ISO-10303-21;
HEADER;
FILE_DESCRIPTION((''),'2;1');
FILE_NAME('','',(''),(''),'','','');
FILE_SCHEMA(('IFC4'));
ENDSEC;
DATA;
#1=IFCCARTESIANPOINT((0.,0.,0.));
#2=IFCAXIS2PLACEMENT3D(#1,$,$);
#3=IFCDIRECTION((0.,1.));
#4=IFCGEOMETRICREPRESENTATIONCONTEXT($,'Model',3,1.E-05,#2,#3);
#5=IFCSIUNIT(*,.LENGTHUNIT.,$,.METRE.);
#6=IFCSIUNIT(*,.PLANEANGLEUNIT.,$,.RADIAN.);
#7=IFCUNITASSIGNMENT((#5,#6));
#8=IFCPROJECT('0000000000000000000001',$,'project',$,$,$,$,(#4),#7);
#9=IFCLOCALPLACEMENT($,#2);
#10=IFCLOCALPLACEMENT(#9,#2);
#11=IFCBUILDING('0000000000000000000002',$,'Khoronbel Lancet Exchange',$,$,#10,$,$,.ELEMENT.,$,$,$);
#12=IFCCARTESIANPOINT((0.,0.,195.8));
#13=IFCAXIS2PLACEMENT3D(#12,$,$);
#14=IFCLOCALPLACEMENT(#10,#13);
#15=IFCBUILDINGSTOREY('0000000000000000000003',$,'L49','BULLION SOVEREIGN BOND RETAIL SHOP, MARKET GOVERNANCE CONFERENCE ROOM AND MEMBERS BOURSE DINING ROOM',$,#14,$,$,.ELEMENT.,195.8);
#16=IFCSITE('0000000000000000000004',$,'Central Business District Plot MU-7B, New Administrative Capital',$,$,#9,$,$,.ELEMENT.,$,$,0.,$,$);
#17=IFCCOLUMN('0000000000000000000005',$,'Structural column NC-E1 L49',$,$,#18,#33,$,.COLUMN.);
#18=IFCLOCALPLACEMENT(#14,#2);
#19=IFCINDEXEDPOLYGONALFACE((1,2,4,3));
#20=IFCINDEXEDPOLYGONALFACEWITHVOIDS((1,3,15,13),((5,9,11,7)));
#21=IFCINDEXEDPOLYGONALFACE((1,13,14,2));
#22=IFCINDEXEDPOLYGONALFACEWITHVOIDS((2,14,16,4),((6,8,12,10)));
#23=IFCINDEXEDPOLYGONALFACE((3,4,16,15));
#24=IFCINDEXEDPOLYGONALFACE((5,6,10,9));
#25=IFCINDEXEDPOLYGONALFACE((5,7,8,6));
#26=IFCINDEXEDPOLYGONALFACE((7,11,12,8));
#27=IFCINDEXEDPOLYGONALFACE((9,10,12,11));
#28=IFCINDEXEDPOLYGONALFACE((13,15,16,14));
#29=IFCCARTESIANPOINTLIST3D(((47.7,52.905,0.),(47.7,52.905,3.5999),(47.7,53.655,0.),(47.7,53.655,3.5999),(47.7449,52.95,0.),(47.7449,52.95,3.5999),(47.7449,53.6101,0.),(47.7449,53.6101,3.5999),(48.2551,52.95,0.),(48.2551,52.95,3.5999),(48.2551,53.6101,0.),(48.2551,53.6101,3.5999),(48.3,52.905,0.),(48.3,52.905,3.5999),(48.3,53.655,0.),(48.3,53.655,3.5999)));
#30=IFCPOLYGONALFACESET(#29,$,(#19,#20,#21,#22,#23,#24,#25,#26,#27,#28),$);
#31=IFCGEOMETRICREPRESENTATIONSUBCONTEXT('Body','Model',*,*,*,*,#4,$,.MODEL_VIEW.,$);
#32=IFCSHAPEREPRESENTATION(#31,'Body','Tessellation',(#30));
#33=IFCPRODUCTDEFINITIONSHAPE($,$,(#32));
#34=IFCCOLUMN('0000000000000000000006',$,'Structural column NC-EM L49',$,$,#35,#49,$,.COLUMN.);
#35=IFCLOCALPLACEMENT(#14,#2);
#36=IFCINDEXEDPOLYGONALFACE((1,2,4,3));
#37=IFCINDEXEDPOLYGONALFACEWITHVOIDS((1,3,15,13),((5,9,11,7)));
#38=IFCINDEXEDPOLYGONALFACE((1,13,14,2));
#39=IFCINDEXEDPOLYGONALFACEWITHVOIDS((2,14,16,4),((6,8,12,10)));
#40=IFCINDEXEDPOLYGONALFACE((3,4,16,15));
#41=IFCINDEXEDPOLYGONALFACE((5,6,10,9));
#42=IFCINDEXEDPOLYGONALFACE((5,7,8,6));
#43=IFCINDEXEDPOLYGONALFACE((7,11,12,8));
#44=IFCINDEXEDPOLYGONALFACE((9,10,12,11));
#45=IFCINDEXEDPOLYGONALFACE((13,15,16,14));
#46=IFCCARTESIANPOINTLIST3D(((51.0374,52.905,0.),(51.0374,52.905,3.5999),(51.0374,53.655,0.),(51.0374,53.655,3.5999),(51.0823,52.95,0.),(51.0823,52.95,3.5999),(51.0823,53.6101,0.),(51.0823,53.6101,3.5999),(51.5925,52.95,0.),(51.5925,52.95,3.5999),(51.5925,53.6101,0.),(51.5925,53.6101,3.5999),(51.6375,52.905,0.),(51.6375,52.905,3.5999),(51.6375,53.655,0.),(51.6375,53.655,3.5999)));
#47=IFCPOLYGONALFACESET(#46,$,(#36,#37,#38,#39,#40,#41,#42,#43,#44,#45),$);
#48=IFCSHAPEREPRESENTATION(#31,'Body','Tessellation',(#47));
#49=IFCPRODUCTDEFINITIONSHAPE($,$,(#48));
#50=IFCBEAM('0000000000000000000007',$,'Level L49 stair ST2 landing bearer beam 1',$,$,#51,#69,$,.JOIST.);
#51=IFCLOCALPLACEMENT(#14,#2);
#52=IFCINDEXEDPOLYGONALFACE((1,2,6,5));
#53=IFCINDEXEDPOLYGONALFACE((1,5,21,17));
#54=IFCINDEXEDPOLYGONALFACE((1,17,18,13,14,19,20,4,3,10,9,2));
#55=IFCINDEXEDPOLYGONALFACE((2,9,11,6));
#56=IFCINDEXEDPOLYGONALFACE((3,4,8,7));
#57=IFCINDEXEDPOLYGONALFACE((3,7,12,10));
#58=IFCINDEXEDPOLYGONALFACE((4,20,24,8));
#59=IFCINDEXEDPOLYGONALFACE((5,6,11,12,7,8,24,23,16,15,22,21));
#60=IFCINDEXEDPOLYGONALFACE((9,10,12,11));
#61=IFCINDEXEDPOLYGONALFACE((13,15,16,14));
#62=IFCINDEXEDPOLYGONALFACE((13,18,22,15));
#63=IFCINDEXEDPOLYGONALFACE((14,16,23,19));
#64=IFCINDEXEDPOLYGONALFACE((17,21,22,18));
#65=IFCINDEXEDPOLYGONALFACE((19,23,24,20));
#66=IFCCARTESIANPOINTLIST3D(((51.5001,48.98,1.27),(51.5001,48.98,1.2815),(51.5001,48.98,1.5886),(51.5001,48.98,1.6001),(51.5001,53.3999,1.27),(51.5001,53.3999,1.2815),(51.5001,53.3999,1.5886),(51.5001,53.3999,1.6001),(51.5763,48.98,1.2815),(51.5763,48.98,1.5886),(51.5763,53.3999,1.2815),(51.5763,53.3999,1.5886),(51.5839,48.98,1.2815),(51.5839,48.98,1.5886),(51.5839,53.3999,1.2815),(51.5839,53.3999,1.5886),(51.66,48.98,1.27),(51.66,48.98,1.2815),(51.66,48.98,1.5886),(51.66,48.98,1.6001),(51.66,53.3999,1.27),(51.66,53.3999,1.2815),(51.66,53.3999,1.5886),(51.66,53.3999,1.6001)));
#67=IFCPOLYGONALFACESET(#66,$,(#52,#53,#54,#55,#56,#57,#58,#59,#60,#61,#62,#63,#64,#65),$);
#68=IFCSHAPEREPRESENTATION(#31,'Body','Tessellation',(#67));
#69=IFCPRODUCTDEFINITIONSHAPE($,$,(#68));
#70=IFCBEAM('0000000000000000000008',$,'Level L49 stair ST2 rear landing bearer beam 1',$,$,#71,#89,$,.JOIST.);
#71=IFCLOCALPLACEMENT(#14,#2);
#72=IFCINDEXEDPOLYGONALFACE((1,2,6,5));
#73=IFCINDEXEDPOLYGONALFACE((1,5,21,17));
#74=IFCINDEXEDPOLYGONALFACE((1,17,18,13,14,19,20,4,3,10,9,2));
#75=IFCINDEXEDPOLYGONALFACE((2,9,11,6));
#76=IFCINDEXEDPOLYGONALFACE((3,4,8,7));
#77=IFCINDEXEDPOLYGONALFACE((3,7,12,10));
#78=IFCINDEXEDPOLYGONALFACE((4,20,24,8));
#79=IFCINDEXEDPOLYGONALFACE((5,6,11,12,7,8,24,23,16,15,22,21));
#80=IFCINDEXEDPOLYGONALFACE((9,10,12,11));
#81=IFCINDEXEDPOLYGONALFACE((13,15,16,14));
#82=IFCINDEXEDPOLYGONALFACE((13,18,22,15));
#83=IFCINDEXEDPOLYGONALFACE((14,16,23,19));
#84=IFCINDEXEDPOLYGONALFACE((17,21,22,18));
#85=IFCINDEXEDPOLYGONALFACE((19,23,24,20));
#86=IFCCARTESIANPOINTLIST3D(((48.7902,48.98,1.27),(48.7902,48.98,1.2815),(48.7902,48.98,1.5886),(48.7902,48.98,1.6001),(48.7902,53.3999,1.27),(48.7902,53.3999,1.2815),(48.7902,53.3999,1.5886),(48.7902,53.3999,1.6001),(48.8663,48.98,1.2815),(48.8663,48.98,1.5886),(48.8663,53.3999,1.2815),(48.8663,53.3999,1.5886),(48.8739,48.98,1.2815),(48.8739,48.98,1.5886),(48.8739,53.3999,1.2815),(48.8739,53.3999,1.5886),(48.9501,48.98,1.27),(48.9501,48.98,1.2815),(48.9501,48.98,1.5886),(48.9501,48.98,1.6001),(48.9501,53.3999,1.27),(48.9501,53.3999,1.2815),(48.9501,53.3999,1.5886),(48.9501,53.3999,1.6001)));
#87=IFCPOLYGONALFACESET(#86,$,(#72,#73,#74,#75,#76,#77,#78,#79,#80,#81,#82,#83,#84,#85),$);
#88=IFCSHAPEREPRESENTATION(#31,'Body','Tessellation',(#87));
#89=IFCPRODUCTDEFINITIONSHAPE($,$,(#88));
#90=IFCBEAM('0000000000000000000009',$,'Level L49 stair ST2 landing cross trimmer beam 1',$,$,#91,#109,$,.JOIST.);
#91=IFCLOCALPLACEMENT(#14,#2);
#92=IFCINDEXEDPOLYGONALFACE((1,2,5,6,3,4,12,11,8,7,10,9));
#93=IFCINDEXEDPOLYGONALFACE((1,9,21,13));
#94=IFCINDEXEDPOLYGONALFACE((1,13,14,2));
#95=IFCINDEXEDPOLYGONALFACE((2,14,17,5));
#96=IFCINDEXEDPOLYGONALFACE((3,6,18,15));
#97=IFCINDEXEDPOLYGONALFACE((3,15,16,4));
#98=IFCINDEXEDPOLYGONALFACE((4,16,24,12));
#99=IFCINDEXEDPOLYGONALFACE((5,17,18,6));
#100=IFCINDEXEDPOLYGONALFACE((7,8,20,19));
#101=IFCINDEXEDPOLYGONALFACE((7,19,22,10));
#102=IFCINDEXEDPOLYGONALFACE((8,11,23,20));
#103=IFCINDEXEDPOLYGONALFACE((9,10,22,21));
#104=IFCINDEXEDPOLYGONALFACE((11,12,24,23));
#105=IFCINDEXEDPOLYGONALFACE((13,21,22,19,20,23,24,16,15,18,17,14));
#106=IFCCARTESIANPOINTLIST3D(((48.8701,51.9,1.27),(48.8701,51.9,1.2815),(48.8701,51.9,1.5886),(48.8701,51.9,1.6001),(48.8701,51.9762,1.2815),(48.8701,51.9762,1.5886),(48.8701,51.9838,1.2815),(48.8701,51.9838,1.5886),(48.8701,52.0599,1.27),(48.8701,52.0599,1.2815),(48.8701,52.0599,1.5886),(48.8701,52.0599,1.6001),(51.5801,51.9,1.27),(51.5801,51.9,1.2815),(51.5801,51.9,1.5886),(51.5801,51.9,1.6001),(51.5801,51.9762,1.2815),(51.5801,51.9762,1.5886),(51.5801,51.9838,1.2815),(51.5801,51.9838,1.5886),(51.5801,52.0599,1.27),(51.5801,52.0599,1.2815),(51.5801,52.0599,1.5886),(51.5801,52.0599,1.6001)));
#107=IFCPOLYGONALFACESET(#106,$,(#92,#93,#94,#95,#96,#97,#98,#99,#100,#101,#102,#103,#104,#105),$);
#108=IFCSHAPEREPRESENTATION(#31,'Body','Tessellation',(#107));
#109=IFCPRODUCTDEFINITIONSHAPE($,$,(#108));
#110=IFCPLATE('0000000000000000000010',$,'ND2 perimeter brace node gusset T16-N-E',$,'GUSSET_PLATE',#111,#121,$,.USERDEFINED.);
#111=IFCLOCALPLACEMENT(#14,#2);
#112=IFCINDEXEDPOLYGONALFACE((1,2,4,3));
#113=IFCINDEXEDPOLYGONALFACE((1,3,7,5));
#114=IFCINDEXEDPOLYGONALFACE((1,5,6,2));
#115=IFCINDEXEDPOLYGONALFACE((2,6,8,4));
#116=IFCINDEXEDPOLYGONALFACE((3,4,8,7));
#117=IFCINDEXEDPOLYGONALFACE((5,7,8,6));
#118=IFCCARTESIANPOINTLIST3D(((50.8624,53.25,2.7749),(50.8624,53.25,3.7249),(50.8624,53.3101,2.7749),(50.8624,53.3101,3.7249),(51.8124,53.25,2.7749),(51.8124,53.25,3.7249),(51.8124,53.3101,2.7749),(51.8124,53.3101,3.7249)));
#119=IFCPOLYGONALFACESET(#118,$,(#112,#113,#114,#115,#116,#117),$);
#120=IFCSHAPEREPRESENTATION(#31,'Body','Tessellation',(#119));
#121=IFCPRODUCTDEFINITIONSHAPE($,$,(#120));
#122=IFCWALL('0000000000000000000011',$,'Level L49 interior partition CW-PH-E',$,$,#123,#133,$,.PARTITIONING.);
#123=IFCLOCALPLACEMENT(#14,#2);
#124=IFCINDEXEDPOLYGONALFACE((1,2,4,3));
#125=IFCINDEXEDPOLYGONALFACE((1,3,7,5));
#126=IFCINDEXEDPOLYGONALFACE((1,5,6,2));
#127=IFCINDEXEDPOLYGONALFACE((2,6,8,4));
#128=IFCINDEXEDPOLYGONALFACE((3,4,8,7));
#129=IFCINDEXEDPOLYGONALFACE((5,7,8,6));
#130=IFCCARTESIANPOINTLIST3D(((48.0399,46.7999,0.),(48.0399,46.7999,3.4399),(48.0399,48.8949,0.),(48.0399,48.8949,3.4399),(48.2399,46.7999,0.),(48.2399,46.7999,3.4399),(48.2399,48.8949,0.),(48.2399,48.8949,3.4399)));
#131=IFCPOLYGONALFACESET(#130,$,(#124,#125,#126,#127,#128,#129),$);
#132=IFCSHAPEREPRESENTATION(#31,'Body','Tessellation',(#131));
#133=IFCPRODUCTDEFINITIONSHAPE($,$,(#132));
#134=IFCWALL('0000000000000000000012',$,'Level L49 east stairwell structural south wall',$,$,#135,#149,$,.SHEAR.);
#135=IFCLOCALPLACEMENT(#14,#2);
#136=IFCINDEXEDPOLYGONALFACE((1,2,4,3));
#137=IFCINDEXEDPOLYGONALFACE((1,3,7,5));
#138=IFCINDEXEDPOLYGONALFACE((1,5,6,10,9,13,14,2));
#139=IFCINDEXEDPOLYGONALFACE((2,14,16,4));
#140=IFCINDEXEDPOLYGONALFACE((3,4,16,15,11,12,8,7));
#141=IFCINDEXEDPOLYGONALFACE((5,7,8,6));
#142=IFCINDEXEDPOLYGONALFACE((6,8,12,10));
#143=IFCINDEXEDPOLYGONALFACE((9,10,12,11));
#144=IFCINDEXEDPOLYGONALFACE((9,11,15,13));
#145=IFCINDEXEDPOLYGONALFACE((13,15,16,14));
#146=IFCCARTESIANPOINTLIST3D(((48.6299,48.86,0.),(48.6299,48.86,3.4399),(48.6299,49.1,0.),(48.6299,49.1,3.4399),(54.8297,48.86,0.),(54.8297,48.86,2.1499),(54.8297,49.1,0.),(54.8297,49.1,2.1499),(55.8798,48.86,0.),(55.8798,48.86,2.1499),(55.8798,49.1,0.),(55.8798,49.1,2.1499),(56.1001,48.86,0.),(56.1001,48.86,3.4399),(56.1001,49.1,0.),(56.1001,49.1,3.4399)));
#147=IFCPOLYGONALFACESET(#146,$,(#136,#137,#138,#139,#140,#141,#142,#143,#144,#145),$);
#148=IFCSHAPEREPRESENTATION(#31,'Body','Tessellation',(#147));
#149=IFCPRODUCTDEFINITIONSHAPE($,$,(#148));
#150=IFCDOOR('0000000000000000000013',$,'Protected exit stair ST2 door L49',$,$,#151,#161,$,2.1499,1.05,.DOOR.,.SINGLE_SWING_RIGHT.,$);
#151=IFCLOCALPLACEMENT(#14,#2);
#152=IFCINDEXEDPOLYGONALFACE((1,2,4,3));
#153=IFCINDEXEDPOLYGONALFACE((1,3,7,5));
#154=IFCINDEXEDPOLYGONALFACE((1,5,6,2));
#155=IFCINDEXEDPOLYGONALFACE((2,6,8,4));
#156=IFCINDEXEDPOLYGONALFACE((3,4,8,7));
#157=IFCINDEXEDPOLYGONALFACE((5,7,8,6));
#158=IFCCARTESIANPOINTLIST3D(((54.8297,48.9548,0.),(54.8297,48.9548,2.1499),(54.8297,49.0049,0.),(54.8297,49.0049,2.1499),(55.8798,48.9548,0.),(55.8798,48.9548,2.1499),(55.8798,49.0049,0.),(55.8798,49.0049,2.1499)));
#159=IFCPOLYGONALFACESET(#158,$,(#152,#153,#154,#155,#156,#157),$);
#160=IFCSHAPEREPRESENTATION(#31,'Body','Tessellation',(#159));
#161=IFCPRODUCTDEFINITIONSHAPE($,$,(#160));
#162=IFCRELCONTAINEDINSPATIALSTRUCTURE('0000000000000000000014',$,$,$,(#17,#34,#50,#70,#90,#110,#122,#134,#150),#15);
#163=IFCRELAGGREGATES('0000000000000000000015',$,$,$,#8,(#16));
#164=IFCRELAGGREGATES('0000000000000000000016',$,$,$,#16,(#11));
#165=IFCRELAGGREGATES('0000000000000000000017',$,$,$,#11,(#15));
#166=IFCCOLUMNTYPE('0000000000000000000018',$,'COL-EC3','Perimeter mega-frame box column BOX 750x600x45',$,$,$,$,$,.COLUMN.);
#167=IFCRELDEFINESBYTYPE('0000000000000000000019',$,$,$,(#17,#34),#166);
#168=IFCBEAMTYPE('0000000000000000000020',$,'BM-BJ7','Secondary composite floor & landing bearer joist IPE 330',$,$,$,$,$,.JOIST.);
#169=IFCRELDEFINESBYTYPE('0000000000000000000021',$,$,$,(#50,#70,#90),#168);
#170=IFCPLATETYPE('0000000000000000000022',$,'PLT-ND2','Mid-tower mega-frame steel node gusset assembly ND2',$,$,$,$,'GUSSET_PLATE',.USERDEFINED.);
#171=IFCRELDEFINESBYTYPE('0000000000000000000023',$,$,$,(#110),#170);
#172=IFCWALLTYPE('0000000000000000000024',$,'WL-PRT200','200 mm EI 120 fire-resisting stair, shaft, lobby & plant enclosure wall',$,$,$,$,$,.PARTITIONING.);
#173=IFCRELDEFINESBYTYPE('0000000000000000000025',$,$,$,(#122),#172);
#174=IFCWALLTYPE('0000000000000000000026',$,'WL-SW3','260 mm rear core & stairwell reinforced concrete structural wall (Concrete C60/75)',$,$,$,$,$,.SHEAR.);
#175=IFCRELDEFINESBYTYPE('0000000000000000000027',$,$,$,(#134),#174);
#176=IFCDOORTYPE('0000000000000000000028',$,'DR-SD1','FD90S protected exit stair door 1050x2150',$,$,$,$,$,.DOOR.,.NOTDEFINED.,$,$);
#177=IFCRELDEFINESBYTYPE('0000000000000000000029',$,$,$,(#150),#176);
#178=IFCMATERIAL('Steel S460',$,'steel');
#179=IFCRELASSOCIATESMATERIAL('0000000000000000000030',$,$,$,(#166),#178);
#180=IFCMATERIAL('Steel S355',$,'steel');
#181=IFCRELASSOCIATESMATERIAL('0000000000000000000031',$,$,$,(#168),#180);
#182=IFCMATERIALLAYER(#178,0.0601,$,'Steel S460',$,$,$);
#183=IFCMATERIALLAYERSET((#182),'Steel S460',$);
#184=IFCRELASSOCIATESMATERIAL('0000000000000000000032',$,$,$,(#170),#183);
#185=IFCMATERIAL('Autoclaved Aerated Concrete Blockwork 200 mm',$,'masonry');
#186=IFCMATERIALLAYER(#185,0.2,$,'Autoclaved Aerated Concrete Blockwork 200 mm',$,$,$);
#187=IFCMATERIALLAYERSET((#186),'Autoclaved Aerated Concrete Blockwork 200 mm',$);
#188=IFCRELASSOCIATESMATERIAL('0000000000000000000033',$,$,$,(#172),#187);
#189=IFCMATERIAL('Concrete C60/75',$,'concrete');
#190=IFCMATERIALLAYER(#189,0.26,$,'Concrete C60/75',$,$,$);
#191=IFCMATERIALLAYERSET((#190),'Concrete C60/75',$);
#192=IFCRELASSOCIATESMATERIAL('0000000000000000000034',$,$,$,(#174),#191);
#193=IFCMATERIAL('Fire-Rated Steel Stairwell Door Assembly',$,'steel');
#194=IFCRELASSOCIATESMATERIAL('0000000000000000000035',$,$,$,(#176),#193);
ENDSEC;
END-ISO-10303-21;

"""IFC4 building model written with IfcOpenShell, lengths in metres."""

from ifc_helpers import new_model, si_unit, direction, frame, frame_2d, origin, origin_2d, place, context, subcontext, project, spatial, rectangle, hollow_rectangle, i_section, extrude, material, layer, layer_set, material_profile, profile_set, type_object, element, fill, save


model = new_model("IFC4")

# Units and contexts
model_context = context("Model", 3, precision=1e-05, world=origin(), true_north=direction((0.0, 1.0)))
body_context = subcontext(model_context, "Body", "Model", "MODEL_VIEW")
ifc_project = project(units=[si_unit("LENGTHUNIT", "METRE"), si_unit("PLANEANGLEUNIT", "RADIAN")], contexts=[model_context])

# Site, building, storey
site_placement = place(None, origin())
site = spatial("IfcSite", under=ifc_project, at=site_placement, Name="Central Business District Plot MU-7B, New Administrative Capital", CompositionType="ELEMENT", RefElevation=0.0)
building_placement = place(site_placement, origin())
building = spatial("IfcBuilding", under=site, at=building_placement, Name="Khoronbel Lancet Exchange", CompositionType="ELEMENT")
storey_placement = place(building_placement, frame((0.0, 0.0, 195.8)))
storey = spatial("IfcBuildingStorey", under=building, at=storey_placement, Name="L49", Description="BULLION SOVEREIGN BOND RETAIL SHOP, MARKET GOVERNANCE CONFERENCE ROOM AND MEMBERS BOURSE DINING ROOM", CompositionType="ELEMENT", Elevation=195.8)

# Columns
ifc_material_1 = material(Name="Steel S460", Category="steel")
ifc_material_profile_1 = material_profile(ifc_material_1, hollow_rectangle(XDim=0.6001, YDim=0.75, WallThickness=0.0449, at=origin_2d()), Name="BOX 750x600x45")
ifc_profile_set_1 = profile_set([ifc_material_profile_1], Name="Steel S460")
column_type = type_object("IfcColumnType", Name="COL-EC3", Description="Perimeter mega-frame box column BOX 750x600x45", PredefinedType="COLUMN", material=ifc_profile_set_1)
for number, where, z_axis, x_axis, name in (
    (1, (48.0, 53.28, 0.0), (0.0, 0.0, 1.0), (1.0, 0.0, 0.0), "Structural column NC-E1 L49"),
    (2, (51.3374, 53.28, 0.0), (0.0, 0.0, 1.0), (1.0, 0.0, 0.0), "Structural column NC-EM L49"),
):
    element("IfcColumn", number, at=place(storey_placement, frame(where, z_axis=z_axis, x_axis=x_axis)), inside=storey, type_object=column_type, Name=name, PredefinedType="COLUMN", context=body_context, shape_type="SweptSolid", body=[
        extrude(hollow_rectangle(XDim=0.6001, YDim=0.75, WallThickness=0.0449, at=origin_2d()), origin(), (0.0, 0.0, 1.0), 3.5999),
    ])

# Beams
ifc_material_2 = material(Name="Steel S355", Category="steel")
ifc_material_profile_2 = material_profile(ifc_material_2, i_section(OverallWidth=0.1599, OverallDepth=0.3301, WebThickness=0.0076, FlangeThickness=0.0115, at=origin_2d()), Name="IPE 330")
ifc_profile_set_2 = profile_set([ifc_material_profile_2], Name="Steel S355")
beam_type = type_object("IfcBeamType", Name="BM-BJ7", Description="Secondary composite floor & landing bearer joist IPE 330", PredefinedType="JOIST", material=ifc_profile_set_2)
for number, where, z_axis, x_axis, name in (
    (3, (51.5801, 48.98, 1.4351), (0.0, 1.0, 0.0), (-1.0, 0.0, 0.0), "Level L49 stair ST2 landing bearer beam 1"),
    (4, (48.8701, 48.98, 1.4351), (0.0, 1.0, 0.0), (-1.0, 0.0, 0.0), "Level L49 stair ST2 rear landing bearer beam 1"),
):
    element("IfcBeam", number, at=place(storey_placement, frame(where, z_axis=z_axis, x_axis=x_axis)), inside=storey, type_object=beam_type, Name=name, PredefinedType="JOIST", context=body_context, shape_type="SweptSolid", body=[
        extrude(i_section(OverallWidth=0.1599, OverallDepth=0.3301, WebThickness=0.0076, FlangeThickness=0.0115, at=origin_2d()), origin(), (0.0, 0.0, 1.0), 4.4199),
    ])
beam_placement = place(storey_placement, frame((48.8701, 51.98, 1.4351), z_axis=(1.0, 0.0, 0.0), x_axis=(0.0, 1.0, 0.0)))
element("IfcBeam", 5, at=beam_placement, inside=storey, type_object=beam_type, Name="Level L49 stair ST2 landing cross trimmer beam 1", PredefinedType="JOIST", context=body_context, shape_type="SweptSolid", body=[
    extrude(i_section(OverallWidth=0.1599, OverallDepth=0.3301, WebThickness=0.0076, FlangeThickness=0.0115, at=origin_2d()), origin(), (0.0, 0.0, 1.0), 2.71),
])

# Plate
ifc_layer_1 = layer(ifc_material_1, 0.0601, Name="Steel S460")
ifc_layer_set_1 = layer_set([ifc_layer_1], Name="Steel S460")
plate_type = type_object("IfcPlateType", Name="PLT-ND2", Description="Mid-tower mega-frame steel node gusset assembly ND2", ElementType="GUSSET_PLATE", PredefinedType="USERDEFINED", material=ifc_layer_set_1)
plate_placement = place(storey_placement, frame((51.3374, 53.28, 2.7749), z_axis=(0.0, 0.0, 1.0), x_axis=(1.0, 0.0, 0.0)))
element("IfcPlate", 6, at=plate_placement, inside=storey, type_object=plate_type, Name="ND2 perimeter brace node gusset T16-N-E", ObjectType="GUSSET_PLATE", PredefinedType="USERDEFINED", context=body_context, shape_type="SweptSolid", body=[
    extrude(rectangle(XDim=0.95, YDim=0.0601, at=origin_2d()), origin(), (0.0, 0.0, 1.0), 0.95),
])

# Wall
ifc_material_3 = material(Name="Autoclaved Aerated Concrete Blockwork 200 mm", Category="masonry")
ifc_layer_2 = layer(ifc_material_3, 0.2, Name="Autoclaved Aerated Concrete Blockwork 200 mm")
ifc_layer_set_2 = layer_set([ifc_layer_2], Name="Autoclaved Aerated Concrete Blockwork 200 mm")
wall_type_1 = type_object("IfcWallType", Name="WL-PRT200", Description="200 mm EI 120 fire-resisting stair, shaft, lobby & plant enclosure wall", PredefinedType="PARTITIONING", material=ifc_layer_set_2)
wall_1_placement = place(storey_placement, frame((48.1399, 46.8, 0.0), z_axis=(0.0, 0.0, 1.0), x_axis=(0.0, 1.0, 0.0)))
element("IfcWall", 7, at=wall_1_placement, inside=storey, type_object=wall_type_1, Name="Level L49 interior partition CW-PH-E", PredefinedType="PARTITIONING", context=body_context, shape_type="SweptSolid", body=[
    extrude(rectangle(XDim=2.095, YDim=0.2, at=frame_2d((1.0474, 0.0))), origin(), (0.0, 0.0, 1.0), 3.4399),
])

# Wall, opening, door
ifc_material_4 = material(Name="Concrete C60/75", Category="concrete")
ifc_layer_3 = layer(ifc_material_4, 0.26, Name="Concrete C60/75")
ifc_layer_set_3 = layer_set([ifc_layer_3], Name="Concrete C60/75")
wall_type_2 = type_object("IfcWallType", Name="WL-SW3", Description="260 mm rear core & stairwell reinforced concrete structural wall (Concrete C60/75)", PredefinedType="SHEAR", material=ifc_layer_set_3)
wall_2_placement = place(storey_placement, frame((48.6299, 48.98, 0.0), z_axis=(0.0, 0.0, 1.0), x_axis=(1.0, 0.0, 0.0)))
wall_2 = element("IfcWall", 8, at=wall_2_placement, inside=storey, type_object=wall_type_2, Name="Level L49 east stairwell structural south wall", PredefinedType="SHEAR", context=body_context, shape_type="SweptSolid", body=[
    extrude(rectangle(XDim=7.4702, YDim=0.24, at=frame_2d((3.7351, 0.0))), origin(), (0.0, 0.0, 1.0), 3.4399),
])
opening_placement = place(wall_2_placement, frame((6.2, 0.0, 0.0)))
opening = element("IfcOpeningElement", 9, at=opening_placement, cuts=wall_2, PredefinedType="OPENING", context=body_context, shape_type="SweptSolid", body=[
    extrude(rectangle(XDim=1.05, YDim=2.1499, at=frame_2d((0.5249, 1.075))), frame((0.0, 0.1299, 0.0), z_axis=(0.0, -1.0, 0.0), x_axis=(1.0, 0.0, 0.0)), (0.0, 0.0, 1.0), 0.26),
])
ifc_material_5 = material(Name="Fire-Rated Steel Stairwell Door Assembly", Category="steel")
door_type = type_object("IfcDoorType", Name="DR-SD1", Description="FD90S protected exit stair door 1050x2150", OperationType="NOTDEFINED", PredefinedType="DOOR", material=ifc_material_5)
door_placement = place(opening_placement, origin())
door = element("IfcDoor", 10, at=door_placement, inside=storey, type_object=door_type, Name="Protected exit stair ST2 door L49", OperationType="SINGLE_SWING_RIGHT", OverallHeight=2.1499, OverallWidth=1.05, PredefinedType="DOOR", context=body_context, shape_type="SweptSolid", body=[
    extrude(rectangle(XDim=1.05, YDim=2.1499, at=frame_2d((0.5249, 1.075))), frame((0.0, 0.0249, 0.0), z_axis=(0.0, -1.0, 0.0), x_axis=(1.0, 0.0, 0.0)), (0.0, 0.0, 1.0), 0.05),
])
fill(opening, door)

save(model, "model.ifc")
